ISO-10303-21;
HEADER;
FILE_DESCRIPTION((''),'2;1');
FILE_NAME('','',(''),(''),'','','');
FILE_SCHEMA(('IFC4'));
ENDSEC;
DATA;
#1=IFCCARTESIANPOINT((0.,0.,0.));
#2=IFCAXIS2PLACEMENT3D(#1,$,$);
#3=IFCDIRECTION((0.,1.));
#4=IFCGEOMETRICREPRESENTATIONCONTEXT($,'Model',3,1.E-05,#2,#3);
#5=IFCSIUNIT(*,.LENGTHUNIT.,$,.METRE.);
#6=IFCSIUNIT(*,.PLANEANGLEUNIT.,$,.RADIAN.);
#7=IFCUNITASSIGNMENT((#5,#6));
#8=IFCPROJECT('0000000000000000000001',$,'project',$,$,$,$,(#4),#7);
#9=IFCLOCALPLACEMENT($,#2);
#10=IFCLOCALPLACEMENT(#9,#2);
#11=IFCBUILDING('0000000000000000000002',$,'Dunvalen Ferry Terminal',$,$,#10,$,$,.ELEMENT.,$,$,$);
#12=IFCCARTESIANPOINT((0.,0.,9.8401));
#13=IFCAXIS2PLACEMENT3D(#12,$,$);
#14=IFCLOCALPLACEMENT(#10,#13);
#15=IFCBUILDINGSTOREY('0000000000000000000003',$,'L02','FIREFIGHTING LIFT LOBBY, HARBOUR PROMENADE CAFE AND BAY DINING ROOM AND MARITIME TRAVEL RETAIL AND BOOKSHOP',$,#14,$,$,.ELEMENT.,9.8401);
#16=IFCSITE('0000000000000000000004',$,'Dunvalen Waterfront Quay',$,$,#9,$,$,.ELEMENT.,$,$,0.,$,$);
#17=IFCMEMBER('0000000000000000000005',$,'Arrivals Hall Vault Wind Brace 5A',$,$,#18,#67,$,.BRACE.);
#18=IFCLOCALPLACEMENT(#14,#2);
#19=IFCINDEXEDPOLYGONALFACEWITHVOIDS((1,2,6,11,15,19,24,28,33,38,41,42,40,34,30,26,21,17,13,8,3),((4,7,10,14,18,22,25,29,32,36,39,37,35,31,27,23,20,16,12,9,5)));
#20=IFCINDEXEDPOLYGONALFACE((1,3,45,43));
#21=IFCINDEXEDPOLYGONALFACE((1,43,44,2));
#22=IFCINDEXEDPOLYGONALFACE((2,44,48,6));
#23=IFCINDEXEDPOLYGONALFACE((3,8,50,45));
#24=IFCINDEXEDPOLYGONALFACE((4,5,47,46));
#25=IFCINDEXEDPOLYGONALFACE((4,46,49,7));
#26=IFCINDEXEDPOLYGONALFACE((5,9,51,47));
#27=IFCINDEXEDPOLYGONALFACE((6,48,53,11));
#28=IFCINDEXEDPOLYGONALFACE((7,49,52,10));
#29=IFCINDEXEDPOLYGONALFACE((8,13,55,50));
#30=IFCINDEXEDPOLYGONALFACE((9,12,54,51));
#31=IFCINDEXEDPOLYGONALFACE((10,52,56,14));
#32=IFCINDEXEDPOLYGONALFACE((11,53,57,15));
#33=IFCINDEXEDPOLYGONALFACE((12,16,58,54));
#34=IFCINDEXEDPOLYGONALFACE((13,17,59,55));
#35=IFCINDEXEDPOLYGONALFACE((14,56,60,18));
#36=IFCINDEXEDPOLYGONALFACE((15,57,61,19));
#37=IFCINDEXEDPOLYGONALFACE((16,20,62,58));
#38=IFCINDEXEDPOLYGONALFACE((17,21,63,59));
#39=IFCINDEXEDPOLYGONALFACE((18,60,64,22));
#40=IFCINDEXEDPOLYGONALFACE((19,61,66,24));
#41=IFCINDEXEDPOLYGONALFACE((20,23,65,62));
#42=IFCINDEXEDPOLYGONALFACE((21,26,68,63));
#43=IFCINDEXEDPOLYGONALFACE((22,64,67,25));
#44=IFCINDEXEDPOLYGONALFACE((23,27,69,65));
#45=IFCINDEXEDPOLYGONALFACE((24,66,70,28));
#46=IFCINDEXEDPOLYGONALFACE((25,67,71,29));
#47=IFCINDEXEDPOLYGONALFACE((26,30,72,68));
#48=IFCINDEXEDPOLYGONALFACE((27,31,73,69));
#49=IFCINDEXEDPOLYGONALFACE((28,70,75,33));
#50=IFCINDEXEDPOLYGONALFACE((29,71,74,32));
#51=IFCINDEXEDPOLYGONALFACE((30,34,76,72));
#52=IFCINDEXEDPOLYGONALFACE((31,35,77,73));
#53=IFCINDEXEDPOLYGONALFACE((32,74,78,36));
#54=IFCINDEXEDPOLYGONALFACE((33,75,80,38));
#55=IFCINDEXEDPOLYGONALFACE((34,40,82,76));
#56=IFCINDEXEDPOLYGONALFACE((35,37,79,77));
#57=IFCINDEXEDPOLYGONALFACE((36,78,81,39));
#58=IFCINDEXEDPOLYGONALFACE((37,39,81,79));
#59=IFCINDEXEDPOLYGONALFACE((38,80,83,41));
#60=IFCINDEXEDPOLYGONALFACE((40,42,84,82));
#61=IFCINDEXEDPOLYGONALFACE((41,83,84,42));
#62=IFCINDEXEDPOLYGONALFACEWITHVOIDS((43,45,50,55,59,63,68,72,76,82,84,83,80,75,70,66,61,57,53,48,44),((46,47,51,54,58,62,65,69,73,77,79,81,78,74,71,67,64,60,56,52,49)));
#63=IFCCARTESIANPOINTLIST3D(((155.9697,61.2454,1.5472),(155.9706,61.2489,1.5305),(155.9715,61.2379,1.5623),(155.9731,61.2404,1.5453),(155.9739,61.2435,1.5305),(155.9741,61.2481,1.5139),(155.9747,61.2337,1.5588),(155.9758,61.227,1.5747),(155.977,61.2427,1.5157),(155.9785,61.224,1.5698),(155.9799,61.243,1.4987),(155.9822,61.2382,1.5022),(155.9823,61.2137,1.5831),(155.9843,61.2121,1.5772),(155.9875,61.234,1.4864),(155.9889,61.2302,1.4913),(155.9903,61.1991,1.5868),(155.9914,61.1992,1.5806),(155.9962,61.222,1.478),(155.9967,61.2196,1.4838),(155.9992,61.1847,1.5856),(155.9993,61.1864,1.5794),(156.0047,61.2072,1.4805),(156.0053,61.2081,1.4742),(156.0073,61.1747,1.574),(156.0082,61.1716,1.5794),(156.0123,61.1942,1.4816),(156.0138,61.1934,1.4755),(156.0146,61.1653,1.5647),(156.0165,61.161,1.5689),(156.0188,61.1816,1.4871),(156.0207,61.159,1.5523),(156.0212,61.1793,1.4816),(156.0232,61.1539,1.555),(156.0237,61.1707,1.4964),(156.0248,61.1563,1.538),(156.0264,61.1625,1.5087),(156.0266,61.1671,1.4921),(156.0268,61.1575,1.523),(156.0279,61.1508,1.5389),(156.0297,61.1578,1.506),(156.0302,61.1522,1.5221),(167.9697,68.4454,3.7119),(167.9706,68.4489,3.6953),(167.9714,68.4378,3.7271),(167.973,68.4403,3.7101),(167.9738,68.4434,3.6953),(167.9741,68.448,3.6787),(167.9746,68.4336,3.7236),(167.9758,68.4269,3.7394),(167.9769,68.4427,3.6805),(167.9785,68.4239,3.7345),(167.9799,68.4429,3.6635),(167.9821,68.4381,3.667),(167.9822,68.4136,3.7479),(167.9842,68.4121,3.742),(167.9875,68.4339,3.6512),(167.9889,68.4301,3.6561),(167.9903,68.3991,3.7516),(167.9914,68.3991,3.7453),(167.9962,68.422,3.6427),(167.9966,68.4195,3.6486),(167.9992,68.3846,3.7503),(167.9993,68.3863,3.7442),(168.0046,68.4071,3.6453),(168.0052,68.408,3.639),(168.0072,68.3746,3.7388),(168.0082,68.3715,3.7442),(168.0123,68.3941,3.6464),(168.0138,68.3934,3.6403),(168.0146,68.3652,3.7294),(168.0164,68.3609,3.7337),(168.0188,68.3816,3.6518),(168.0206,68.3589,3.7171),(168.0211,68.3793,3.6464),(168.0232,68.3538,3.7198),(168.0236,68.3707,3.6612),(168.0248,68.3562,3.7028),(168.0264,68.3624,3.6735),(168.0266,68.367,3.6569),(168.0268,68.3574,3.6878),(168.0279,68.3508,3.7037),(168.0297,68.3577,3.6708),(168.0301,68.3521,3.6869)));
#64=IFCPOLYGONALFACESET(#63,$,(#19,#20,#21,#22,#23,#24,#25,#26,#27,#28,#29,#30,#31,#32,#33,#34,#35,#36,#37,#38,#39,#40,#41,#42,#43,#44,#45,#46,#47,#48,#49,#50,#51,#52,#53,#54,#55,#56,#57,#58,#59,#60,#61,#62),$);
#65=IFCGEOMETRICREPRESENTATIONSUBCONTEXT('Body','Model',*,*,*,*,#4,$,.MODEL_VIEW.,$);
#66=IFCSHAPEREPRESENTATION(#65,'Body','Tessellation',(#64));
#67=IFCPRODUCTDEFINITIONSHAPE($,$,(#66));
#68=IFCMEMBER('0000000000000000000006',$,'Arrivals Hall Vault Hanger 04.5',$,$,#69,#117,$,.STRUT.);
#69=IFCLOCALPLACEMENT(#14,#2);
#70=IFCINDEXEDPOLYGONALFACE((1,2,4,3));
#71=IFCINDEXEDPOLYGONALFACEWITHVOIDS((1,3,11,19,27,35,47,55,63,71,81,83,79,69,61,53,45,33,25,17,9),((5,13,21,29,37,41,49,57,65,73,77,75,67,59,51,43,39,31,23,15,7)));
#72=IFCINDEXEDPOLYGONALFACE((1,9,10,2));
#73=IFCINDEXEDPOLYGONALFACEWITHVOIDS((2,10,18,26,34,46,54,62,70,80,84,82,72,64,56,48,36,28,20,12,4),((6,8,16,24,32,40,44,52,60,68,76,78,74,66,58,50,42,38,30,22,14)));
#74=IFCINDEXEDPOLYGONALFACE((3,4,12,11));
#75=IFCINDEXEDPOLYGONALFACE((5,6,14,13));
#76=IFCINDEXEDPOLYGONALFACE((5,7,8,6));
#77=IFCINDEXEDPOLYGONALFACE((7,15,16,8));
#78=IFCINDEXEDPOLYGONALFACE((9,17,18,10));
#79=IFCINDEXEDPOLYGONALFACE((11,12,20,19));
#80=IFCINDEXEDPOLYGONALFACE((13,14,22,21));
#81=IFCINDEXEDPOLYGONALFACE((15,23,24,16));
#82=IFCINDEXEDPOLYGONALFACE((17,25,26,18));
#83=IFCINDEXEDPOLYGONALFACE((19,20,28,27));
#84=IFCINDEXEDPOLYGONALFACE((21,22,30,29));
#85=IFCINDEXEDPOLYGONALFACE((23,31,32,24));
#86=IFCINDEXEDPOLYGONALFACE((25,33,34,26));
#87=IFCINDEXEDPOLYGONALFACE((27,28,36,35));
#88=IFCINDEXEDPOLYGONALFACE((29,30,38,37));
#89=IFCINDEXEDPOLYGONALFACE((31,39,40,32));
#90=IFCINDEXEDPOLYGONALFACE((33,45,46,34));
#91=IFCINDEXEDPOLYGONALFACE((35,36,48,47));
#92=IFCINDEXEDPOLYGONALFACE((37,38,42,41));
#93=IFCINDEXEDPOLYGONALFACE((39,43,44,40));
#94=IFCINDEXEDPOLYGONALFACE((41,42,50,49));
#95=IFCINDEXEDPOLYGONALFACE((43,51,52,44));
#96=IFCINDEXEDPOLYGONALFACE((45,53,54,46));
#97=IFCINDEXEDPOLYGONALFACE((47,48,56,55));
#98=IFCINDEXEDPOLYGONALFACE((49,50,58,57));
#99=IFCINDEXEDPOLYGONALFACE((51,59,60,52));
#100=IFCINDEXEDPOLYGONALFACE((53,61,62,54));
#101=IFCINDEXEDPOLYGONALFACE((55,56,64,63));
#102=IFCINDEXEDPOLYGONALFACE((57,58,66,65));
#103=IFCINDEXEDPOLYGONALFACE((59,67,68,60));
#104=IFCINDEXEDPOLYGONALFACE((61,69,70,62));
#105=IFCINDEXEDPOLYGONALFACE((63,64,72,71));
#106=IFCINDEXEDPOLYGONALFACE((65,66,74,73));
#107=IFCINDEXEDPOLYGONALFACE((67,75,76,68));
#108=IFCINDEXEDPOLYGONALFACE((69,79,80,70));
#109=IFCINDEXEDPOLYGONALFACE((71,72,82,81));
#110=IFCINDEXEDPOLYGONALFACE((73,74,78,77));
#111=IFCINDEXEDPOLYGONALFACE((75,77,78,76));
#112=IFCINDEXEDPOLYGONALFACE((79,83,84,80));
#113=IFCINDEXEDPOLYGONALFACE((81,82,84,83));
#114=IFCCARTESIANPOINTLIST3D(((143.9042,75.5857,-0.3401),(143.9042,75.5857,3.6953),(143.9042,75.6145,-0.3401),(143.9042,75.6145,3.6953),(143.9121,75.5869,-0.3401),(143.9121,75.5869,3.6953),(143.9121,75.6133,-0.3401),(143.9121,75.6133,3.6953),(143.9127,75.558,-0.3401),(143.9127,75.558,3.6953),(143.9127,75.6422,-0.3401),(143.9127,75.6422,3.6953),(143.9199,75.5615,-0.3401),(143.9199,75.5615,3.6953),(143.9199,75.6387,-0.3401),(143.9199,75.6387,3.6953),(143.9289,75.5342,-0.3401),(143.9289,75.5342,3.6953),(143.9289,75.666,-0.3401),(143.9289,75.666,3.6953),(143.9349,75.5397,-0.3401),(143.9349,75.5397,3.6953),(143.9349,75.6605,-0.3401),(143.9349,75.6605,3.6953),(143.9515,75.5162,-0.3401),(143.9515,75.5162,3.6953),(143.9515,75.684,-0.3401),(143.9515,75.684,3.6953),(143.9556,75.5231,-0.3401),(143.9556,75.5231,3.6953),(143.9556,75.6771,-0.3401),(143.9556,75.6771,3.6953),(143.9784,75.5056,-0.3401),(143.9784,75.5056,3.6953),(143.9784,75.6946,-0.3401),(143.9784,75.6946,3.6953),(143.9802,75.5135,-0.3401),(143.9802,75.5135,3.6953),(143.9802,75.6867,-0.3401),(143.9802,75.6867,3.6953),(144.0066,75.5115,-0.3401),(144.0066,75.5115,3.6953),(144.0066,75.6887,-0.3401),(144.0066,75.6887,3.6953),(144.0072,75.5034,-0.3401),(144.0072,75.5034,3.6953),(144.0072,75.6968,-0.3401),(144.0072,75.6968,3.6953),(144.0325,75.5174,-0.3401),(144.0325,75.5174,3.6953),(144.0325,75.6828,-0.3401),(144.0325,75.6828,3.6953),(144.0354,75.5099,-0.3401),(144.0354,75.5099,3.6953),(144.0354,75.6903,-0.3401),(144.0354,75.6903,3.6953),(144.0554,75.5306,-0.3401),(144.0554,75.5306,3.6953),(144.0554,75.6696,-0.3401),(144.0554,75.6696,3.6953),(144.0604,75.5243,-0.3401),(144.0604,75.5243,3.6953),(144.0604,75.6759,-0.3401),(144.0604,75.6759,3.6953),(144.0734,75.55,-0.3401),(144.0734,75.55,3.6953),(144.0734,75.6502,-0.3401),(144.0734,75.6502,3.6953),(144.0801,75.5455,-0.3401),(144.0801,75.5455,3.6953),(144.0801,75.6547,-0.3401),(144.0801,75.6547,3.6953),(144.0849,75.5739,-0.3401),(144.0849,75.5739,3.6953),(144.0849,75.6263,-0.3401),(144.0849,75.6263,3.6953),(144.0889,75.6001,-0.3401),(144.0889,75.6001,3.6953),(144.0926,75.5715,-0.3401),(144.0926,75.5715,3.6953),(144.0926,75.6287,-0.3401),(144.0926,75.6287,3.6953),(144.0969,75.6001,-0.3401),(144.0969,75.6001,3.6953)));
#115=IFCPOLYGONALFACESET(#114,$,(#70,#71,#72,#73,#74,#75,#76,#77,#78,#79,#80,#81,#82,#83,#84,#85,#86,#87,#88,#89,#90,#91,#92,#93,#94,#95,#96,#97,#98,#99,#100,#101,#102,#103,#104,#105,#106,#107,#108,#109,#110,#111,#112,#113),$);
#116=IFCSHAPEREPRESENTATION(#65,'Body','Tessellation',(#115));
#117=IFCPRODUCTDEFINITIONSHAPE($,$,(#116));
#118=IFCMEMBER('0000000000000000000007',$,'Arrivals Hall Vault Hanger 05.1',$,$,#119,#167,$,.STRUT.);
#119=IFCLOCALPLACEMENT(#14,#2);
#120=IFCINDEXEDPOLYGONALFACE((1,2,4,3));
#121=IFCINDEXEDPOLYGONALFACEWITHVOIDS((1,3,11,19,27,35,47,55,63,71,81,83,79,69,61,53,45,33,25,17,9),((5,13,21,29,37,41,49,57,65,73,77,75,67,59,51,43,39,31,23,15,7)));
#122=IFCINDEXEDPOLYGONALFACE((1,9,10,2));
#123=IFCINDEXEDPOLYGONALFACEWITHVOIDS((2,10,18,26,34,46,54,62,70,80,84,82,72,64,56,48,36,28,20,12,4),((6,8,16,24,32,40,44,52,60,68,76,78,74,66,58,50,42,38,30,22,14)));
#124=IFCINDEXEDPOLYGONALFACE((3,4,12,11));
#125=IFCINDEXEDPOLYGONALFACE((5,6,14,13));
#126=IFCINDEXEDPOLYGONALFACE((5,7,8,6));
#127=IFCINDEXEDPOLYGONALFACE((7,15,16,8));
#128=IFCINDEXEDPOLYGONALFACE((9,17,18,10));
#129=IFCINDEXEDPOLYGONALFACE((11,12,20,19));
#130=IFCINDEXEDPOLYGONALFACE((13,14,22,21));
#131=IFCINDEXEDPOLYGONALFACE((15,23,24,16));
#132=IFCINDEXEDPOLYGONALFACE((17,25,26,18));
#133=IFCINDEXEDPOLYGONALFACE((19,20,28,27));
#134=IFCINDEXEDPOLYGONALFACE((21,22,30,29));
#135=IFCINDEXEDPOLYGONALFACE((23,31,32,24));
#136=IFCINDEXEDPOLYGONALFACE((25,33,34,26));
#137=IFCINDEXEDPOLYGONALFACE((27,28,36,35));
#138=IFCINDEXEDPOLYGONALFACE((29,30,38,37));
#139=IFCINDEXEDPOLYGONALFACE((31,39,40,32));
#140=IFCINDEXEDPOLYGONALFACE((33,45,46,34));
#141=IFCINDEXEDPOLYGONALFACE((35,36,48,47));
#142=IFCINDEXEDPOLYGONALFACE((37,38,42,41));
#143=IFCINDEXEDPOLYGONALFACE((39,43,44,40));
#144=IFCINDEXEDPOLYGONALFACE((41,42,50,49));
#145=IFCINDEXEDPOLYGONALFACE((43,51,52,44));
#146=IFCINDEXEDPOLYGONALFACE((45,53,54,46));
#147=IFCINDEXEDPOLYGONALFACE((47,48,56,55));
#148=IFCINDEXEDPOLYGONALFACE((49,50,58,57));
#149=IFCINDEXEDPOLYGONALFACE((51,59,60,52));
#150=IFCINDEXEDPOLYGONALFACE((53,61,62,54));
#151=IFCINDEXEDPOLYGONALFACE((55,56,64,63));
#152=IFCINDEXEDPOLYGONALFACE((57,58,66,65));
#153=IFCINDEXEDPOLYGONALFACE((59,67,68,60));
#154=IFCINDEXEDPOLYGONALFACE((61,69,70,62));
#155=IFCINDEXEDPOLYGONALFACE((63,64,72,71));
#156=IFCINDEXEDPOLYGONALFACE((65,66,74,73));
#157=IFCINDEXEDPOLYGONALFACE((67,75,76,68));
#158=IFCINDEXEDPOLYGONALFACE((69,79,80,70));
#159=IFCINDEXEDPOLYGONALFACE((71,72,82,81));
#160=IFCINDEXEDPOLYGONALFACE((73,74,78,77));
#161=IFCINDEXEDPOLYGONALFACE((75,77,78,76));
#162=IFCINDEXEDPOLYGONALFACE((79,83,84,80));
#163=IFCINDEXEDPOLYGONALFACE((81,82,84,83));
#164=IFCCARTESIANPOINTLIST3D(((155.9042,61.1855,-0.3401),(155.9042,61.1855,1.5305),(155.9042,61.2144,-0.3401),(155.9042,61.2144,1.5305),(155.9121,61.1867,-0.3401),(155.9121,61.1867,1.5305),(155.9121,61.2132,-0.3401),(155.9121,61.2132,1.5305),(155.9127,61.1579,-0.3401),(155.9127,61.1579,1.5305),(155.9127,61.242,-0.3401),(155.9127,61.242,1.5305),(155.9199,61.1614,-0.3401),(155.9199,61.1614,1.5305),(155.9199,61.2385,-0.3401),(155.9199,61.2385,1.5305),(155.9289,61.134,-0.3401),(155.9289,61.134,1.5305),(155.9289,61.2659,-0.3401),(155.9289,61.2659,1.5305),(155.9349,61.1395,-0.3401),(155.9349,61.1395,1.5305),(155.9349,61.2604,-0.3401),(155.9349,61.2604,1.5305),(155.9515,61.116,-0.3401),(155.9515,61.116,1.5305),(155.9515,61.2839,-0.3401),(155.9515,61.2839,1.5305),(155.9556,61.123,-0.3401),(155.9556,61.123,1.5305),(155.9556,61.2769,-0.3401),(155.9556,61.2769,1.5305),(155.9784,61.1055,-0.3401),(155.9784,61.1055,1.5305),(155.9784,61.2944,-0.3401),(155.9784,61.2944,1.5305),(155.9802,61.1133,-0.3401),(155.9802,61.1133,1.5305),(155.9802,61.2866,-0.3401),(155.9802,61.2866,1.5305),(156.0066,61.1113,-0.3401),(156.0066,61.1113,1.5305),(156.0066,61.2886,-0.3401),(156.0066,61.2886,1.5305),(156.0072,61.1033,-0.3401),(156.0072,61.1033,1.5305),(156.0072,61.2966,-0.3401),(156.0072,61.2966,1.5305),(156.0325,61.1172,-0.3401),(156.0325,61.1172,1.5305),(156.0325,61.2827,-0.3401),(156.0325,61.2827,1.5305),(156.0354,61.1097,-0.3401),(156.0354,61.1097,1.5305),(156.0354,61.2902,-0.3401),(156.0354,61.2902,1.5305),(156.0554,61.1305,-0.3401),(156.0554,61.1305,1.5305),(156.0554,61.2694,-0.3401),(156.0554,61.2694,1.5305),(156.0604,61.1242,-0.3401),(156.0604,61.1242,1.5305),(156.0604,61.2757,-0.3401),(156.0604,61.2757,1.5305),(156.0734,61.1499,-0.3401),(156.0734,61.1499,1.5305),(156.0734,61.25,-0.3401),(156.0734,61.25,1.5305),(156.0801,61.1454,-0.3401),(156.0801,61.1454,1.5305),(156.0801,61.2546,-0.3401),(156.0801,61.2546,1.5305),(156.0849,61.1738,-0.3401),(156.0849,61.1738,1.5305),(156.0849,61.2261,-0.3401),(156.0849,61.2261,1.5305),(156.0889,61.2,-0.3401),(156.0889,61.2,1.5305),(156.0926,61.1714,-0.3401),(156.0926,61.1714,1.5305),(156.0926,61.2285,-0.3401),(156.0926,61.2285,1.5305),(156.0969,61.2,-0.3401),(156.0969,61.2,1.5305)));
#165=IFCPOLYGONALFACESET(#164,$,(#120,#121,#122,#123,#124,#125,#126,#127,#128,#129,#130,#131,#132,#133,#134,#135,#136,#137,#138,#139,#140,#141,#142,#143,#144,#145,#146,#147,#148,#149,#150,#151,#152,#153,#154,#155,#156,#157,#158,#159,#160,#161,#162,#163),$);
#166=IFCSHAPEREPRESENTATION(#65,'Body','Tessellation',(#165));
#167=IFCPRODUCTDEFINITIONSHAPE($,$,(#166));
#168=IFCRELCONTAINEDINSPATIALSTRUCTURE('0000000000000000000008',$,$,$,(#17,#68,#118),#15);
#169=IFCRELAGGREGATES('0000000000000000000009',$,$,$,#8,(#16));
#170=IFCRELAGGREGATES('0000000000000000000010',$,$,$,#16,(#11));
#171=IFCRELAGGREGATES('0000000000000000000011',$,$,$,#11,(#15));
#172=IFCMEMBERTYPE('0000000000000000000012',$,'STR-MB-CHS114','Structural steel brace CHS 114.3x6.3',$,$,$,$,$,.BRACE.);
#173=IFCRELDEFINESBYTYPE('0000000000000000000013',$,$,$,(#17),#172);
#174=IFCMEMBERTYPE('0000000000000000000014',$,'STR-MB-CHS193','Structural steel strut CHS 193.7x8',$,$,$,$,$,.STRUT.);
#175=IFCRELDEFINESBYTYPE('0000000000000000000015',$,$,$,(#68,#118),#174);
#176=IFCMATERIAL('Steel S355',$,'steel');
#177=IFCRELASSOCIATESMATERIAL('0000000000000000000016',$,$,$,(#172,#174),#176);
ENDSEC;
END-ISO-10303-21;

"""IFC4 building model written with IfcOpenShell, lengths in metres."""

from ifc_helpers import new_model, si_unit, direction, frame, origin, origin_2d, place, context, subcontext, project, spatial, hollow_circle, extrude, material, material_profile, profile_set, type_object, element, save


model = new_model("IFC4")

# Units and contexts
model_context = context("Model", 3, precision=1e-05, world=origin(), true_north=direction((0.0, 1.0)))
body_context = subcontext(model_context, "Body", "Model", "MODEL_VIEW")
ifc_project = project(units=[si_unit("LENGTHUNIT", "METRE"), si_unit("PLANEANGLEUNIT", "RADIAN")], contexts=[model_context])

# Site, building, storey
site_placement = place(None, origin())
site = spatial("IfcSite", under=ifc_project, at=site_placement, Name="Dunvalen Waterfront Quay", CompositionType="ELEMENT", RefElevation=0.0)
building_placement = place(site_placement, origin())
building = spatial("IfcBuilding", under=site, at=building_placement, Name="Dunvalen Ferry Terminal", CompositionType="ELEMENT")
storey_placement = place(building_placement, frame((0.0, 0.0, 9.8401)))
storey = spatial("IfcBuildingStorey", under=building, at=storey_placement, Name="L02", Description="FIREFIGHTING LIFT LOBBY, HARBOUR PROMENADE CAFE AND BAY DINING ROOM AND MARITIME TRAVEL RETAIL AND BOOKSHOP", CompositionType="ELEMENT", Elevation=9.8401)

# Shared definitions
ifc_material_1 = material(Name="Steel S355", Category="steel")

# Members
ifc_material_profile_1 = material_profile(ifc_material_1, hollow_circle(Radius=0.0571, WallThickness=0.0063, at=origin_2d()), Name="Steel S355")
ifc_profile_set_1 = profile_set([ifc_material_profile_1], Name="Steel S355")
member_type_1 = type_object("IfcMemberType", Name="STR-MB-CHS114", Description="Structural steel brace CHS 114.3x6.3", PredefinedType="BRACE", material=ifc_profile_set_1)
member_1_placement = place(storey_placement, frame((156.0, 61.2, 1.5305), z_axis=(0.847415, 0.508446, 0.152873), x_axis=(-0.514493, 0.857494, 0.0)))
element("IfcMember", 1, at=member_1_placement, inside=storey, type_object=member_type_1, Name="Arrivals Hall Vault Wind Brace 5A", PredefinedType="BRACE", context=body_context, shape_type="SweptSolid", body=[
    extrude(hollow_circle(Radius=0.0571, WallThickness=0.0063, at=origin_2d()), origin(), (0.0, 0.0, 1.0), 14.1606),
])
ifc_material_profile_2 = material_profile(ifc_material_1, hollow_circle(Radius=0.0969, WallThickness=0.0081, at=origin_2d()), Name="Steel S355")
ifc_profile_set_2 = profile_set([ifc_material_profile_2], Name="Steel S355")
member_type_2 = type_object("IfcMemberType", Name="STR-MB-CHS193", Description="Structural steel strut CHS 193.7x8", PredefinedType="STRUT", material=ifc_profile_set_2)
member_2_placement = place(storey_placement, frame((144.0, 75.6001, -0.3401), z_axis=(0.0, 0.0, 1.0), x_axis=(1.0, 0.0, 0.0)))
element("IfcMember", 2, at=member_2_placement, inside=storey, type_object=member_type_2, Name="Arrivals Hall Vault Hanger 04.5", PredefinedType="STRUT", context=body_context, shape_type="SweptSolid", body=[
    extrude(hollow_circle(Radius=0.0969, WallThickness=0.0081, at=origin_2d()), origin(), (0.0, 0.0, 1.0), 4.0354),
])
member_3_placement = place(storey_placement, frame((156.0, 61.2, -0.3401), z_axis=(0.0, 0.0, 1.0), x_axis=(1.0, 0.0, 0.0)))
element("IfcMember", 3, at=member_3_placement, inside=storey, type_object=member_type_2, Name="Arrivals Hall Vault Hanger 05.1", PredefinedType="STRUT", context=body_context, shape_type="SweptSolid", body=[
    extrude(hollow_circle(Radius=0.0969, WallThickness=0.0081, at=origin_2d()), origin(), (0.0, 0.0, 1.0), 1.8706),
])

save(model, "model.ifc")
